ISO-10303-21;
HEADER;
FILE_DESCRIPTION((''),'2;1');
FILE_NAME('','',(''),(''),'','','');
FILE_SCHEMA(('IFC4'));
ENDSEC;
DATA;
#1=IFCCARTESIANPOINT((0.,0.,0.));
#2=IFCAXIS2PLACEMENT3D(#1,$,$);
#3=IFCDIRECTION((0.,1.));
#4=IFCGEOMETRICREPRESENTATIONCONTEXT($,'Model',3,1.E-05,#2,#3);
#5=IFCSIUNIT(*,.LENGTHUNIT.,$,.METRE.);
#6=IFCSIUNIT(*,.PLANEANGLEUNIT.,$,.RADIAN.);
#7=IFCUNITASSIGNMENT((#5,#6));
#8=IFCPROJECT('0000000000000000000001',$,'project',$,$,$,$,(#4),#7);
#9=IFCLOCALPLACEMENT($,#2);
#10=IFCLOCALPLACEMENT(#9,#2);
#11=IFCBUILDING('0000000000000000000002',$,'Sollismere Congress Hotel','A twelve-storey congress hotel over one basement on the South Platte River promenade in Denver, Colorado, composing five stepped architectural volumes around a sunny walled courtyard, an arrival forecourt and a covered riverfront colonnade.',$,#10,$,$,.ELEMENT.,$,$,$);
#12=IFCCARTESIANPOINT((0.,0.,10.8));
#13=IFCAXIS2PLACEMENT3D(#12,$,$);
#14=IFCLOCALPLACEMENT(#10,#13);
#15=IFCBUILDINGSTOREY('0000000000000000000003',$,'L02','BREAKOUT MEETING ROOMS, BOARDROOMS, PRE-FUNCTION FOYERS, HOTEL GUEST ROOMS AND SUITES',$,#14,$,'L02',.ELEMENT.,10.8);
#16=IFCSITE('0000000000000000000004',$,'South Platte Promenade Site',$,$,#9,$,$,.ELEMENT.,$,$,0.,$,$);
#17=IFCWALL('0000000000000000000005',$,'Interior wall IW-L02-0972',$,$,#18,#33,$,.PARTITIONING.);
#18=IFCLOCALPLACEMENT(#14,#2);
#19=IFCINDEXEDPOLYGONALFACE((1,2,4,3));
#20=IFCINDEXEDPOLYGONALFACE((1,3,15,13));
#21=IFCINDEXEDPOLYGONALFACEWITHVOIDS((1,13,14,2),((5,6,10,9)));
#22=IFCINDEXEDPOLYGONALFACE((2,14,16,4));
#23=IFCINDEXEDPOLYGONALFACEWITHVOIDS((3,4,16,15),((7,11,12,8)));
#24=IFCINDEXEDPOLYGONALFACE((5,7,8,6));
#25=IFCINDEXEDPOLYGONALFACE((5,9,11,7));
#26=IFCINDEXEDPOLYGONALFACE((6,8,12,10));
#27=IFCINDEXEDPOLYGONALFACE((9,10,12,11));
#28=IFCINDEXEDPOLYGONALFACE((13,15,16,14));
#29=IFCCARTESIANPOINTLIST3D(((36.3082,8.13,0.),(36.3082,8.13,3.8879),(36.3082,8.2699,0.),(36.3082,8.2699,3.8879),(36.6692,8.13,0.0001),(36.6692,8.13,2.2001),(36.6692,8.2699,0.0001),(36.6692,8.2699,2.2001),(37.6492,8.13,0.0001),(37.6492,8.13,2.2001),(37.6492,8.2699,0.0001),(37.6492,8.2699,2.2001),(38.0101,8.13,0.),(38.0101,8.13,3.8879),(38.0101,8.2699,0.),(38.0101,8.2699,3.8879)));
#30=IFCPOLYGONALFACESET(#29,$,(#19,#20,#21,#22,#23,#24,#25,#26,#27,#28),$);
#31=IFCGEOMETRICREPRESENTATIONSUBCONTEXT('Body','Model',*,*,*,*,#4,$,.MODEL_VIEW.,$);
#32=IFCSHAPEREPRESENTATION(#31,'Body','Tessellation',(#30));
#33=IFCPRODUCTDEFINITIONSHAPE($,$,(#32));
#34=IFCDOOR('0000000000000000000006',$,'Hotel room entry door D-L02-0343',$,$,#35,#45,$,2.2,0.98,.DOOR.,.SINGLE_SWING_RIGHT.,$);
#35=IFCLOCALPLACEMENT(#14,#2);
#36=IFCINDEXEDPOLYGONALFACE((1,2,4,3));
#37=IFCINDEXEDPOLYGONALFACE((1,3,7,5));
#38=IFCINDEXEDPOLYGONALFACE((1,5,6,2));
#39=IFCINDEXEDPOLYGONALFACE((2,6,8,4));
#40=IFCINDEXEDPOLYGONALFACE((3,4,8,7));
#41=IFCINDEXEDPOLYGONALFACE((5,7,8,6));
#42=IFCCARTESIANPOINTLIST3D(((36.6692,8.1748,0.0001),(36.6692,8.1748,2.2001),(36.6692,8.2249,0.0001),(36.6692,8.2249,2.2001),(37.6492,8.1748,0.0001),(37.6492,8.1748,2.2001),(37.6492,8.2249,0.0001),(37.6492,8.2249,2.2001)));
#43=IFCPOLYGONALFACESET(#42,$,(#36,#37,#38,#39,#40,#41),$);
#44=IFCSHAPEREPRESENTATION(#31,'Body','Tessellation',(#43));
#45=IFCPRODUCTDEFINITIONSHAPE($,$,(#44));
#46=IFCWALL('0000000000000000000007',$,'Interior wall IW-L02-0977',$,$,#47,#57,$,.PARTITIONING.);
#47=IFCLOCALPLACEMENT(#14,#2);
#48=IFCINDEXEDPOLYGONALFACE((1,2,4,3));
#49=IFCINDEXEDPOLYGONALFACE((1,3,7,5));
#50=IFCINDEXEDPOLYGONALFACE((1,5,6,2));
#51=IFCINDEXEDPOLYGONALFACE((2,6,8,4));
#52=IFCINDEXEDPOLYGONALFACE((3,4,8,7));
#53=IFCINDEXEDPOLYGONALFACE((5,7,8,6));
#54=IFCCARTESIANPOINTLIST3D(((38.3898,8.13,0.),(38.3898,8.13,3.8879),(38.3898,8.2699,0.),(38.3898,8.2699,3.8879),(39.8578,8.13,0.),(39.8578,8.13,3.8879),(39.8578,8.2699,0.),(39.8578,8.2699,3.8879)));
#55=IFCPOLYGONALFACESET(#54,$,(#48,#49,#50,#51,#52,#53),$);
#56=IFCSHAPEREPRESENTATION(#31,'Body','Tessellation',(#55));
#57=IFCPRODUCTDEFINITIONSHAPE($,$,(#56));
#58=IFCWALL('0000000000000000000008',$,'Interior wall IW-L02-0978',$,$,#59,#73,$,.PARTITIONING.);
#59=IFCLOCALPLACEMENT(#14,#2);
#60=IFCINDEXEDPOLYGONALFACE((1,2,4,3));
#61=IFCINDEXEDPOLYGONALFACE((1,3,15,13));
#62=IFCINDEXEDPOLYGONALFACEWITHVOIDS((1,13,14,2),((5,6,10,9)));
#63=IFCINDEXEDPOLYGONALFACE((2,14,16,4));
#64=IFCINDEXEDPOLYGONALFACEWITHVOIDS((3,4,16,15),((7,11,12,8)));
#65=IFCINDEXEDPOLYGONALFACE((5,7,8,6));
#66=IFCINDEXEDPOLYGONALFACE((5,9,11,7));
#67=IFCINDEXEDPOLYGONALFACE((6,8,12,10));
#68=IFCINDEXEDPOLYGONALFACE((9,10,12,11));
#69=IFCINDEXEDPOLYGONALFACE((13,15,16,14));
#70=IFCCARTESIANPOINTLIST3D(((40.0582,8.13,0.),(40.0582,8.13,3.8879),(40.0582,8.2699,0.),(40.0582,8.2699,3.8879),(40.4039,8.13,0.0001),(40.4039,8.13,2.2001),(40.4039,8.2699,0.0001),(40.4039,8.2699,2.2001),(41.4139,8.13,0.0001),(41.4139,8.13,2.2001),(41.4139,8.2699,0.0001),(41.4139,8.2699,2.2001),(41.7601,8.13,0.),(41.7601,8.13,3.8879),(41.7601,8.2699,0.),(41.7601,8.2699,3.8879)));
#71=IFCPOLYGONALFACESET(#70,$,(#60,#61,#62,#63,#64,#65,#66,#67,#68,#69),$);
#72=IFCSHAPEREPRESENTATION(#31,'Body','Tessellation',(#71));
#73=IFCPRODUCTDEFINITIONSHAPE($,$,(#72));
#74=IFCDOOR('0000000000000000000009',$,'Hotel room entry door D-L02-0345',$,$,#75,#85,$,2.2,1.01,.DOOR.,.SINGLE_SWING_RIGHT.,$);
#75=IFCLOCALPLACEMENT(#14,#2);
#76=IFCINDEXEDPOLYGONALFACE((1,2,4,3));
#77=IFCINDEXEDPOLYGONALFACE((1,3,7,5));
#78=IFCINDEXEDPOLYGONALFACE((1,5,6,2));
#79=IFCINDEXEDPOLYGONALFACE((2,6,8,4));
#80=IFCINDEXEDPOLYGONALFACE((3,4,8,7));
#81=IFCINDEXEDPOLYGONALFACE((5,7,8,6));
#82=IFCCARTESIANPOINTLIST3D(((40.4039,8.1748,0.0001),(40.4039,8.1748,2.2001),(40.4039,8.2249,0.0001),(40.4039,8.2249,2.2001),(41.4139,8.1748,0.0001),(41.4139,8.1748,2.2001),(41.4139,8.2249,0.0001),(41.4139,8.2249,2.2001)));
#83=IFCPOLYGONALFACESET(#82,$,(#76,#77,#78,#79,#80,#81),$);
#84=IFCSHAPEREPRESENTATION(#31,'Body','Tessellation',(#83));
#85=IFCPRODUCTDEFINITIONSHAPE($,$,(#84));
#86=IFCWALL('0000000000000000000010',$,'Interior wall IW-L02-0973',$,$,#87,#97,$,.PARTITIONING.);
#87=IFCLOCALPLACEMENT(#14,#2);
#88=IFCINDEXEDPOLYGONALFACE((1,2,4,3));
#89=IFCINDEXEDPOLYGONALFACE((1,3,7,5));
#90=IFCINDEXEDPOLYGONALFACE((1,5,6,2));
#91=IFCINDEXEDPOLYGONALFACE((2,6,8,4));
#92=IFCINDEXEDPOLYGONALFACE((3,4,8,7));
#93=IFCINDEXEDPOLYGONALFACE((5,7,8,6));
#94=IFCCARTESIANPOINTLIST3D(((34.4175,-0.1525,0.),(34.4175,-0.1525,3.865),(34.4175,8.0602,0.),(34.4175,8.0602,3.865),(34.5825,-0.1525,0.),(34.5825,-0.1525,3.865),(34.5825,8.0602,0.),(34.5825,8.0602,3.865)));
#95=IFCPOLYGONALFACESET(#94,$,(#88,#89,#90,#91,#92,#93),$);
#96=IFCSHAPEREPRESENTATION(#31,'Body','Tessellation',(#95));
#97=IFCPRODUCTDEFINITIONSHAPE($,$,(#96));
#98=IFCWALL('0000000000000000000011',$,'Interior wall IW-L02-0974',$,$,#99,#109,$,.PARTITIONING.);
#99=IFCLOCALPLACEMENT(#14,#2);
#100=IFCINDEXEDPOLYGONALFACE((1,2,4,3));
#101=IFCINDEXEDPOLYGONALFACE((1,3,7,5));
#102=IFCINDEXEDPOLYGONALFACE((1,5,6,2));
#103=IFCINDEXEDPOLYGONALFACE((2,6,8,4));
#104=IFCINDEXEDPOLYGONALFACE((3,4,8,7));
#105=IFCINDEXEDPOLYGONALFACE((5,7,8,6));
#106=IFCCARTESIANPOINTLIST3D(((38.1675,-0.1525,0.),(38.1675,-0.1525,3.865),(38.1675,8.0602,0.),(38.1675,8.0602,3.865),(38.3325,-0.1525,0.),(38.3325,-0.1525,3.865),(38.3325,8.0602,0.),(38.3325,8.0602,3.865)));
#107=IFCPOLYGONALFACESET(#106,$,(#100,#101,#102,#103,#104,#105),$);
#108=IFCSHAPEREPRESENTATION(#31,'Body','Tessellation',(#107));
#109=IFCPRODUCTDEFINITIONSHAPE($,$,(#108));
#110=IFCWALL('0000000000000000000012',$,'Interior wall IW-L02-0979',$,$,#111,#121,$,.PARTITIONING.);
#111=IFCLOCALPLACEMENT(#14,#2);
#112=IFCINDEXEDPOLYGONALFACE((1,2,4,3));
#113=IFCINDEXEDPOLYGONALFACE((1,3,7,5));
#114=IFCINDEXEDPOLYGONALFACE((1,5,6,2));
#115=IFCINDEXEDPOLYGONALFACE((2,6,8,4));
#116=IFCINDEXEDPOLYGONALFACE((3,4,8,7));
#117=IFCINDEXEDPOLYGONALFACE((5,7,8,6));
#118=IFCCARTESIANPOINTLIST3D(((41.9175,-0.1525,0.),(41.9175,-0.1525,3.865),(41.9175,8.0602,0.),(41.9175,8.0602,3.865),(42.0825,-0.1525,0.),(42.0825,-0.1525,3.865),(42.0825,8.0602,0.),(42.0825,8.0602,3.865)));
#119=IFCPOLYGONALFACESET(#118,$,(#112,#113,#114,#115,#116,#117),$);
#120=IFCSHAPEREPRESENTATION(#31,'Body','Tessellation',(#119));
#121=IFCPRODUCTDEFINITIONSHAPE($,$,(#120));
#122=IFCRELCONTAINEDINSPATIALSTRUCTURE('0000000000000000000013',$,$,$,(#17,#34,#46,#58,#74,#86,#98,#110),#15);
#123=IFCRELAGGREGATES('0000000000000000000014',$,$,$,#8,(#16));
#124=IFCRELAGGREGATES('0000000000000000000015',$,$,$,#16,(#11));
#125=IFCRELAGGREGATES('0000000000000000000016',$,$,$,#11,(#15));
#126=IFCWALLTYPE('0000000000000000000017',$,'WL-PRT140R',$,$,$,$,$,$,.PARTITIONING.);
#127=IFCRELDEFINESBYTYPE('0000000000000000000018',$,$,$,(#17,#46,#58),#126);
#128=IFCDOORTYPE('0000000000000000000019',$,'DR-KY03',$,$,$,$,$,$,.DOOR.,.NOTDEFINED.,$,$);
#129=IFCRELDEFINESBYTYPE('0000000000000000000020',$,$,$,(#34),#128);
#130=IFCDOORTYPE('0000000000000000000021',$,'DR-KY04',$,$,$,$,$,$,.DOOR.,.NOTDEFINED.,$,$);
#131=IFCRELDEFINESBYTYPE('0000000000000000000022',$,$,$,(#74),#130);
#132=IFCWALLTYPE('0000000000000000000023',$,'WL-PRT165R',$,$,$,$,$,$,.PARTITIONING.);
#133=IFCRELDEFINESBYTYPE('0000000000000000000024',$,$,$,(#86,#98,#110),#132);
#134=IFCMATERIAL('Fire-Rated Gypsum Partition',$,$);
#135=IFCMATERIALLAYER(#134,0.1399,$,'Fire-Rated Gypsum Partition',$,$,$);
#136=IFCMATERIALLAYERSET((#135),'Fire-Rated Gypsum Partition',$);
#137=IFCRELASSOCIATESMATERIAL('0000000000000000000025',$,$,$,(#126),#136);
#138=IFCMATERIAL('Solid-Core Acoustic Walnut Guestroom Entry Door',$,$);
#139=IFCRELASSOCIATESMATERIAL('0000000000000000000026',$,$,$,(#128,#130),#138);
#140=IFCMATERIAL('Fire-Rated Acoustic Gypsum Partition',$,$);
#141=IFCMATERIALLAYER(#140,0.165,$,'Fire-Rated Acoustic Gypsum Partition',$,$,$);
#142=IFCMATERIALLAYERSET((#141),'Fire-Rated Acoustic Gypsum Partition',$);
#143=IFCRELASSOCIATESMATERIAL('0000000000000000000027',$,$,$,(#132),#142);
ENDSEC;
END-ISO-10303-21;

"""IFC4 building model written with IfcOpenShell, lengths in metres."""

from ifc_helpers import new_model, si_unit, direction, frame, frame_2d, origin, place, context, subcontext, project, spatial, rectangle, extrude, material, layer, layer_set, type_object, element, fill, save


model = new_model("IFC4")

# Units and contexts
model_context = context("Model", 3, precision=1e-05, world=origin(), true_north=direction((0.0, 1.0)))
body_context = subcontext(model_context, "Body", "Model", "MODEL_VIEW")
ifc_project = project(units=[si_unit("LENGTHUNIT", "METRE"), si_unit("PLANEANGLEUNIT", "RADIAN")], contexts=[model_context])

# Site, building, storey
site_placement = place(None, origin())
site = spatial("IfcSite", under=ifc_project, at=site_placement, Name="South Platte Promenade Site", CompositionType="ELEMENT", RefElevation=0.0)
building_placement = place(site_placement, origin())
building = spatial("IfcBuilding", under=site, at=building_placement, Name="Sollismere Congress Hotel", Description="A twelve-storey congress hotel over one basement on the South Platte River promenade in Denver, Colorado, composing five stepped architectural volumes around a sunny walled courtyard, an arrival forecourt and a covered riverfront colonnade.", CompositionType="ELEMENT")
storey_placement = place(building_placement, frame((0.0, 0.0, 10.8)))
storey = spatial("IfcBuildingStorey", under=building, at=storey_placement, Name="L02", Description="BREAKOUT MEETING ROOMS, BOARDROOMS, PRE-FUNCTION FOYERS, HOTEL GUEST ROOMS AND SUITES", LongName="L02", CompositionType="ELEMENT", Elevation=10.8)

# Shared definitions
ifc_material_1 = material(Name="Fire-Rated Gypsum Partition")
ifc_layer_1 = layer(ifc_material_1, 0.1399, Name="Fire-Rated Gypsum Partition")
ifc_layer_set_1 = layer_set([ifc_layer_1], Name="Fire-Rated Gypsum Partition")
wall_type_1 = type_object("IfcWallType", Name="WL-PRT140R", PredefinedType="PARTITIONING", material=ifc_layer_set_1)

# Wall, opening, door
wall_1_placement = place(storey_placement, frame((36.3081, 8.2, 0.0), z_axis=(0.0, 0.0, 1.0), x_axis=(1.0, 0.0, 0.0)))
wall_1 = element("IfcWall", 1, at=wall_1_placement, inside=storey, type_object=wall_type_1, Name="Interior wall IW-L02-0972", PredefinedType="PARTITIONING", context=body_context, shape_type="SweptSolid", body=[
    extrude(rectangle(XDim=1.7019, YDim=0.1399, at=frame_2d((0.8511, 0.0))), origin(), (0.0, 0.0, 1.0), 3.8879),
])
opening_1_placement = place(wall_1_placement, frame((0.3611, 0.0, 0.0)))
opening_1 = element("IfcOpeningElement", 2, at=opening_1_placement, cuts=wall_1, PredefinedType="OPENING", context=body_context, shape_type="SweptSolid", body=[
    extrude(rectangle(XDim=0.98, YDim=2.2, at=frame_2d((0.49, 1.1001))), frame((0.0, 0.0798, 0.0), z_axis=(0.0, -1.0, 0.0), x_axis=(1.0, 0.0, 0.0)), (0.0, 0.0, 1.0), 0.1599),
])
ifc_material_2 = material(Name="Solid-Core Acoustic Walnut Guestroom Entry Door")
door_type_1 = type_object("IfcDoorType", Name="DR-KY03", OperationType="NOTDEFINED", PredefinedType="DOOR", material=ifc_material_2)
door_1_placement = place(opening_1_placement, origin())
door_1 = element("IfcDoor", 3, at=door_1_placement, inside=storey, type_object=door_type_1, Name="Hotel room entry door D-L02-0343", OperationType="SINGLE_SWING_RIGHT", OverallHeight=2.2, OverallWidth=0.98, PredefinedType="DOOR", context=body_context, shape_type="SweptSolid", body=[
    extrude(rectangle(XDim=0.98, YDim=2.2, at=frame_2d((0.49, 1.1001))), frame((0.0, 0.0249, 0.0), z_axis=(0.0, -1.0, 0.0), x_axis=(1.0, 0.0, 0.0)), (0.0, 0.0, 1.0), 0.05),
])
fill(opening_1, door_1)

# Wall
wall_2_placement = place(storey_placement, frame((38.3899, 8.2, 0.0), z_axis=(0.0, 0.0, 1.0), x_axis=(1.0, 0.0, 0.0)))
element("IfcWall", 4, at=wall_2_placement, inside=storey, type_object=wall_type_1, Name="Interior wall IW-L02-0977", PredefinedType="PARTITIONING", context=body_context, shape_type="SweptSolid", body=[
    extrude(rectangle(XDim=1.468, YDim=0.1399, at=frame_2d((0.7339, 0.0))), origin(), (0.0, 0.0, 1.0), 3.8879),
])

# Wall, opening, door
wall_3_placement = place(storey_placement, frame((40.0581, 8.2, 0.0), z_axis=(0.0, 0.0, 1.0), x_axis=(1.0, 0.0, 0.0)))
wall_3 = element("IfcWall", 5, at=wall_3_placement, inside=storey, type_object=wall_type_1, Name="Interior wall IW-L02-0978", PredefinedType="PARTITIONING", context=body_context, shape_type="SweptSolid", body=[
    extrude(rectangle(XDim=1.7019, YDim=0.1399, at=frame_2d((0.8511, 0.0))), origin(), (0.0, 0.0, 1.0), 3.8879),
])
opening_2_placement = place(wall_3_placement, frame((0.3459, 0.0, 0.0)))
opening_2 = element("IfcOpeningElement", 6, at=opening_2_placement, cuts=wall_3, PredefinedType="OPENING", context=body_context, shape_type="SweptSolid", body=[
    extrude(rectangle(XDim=1.01, YDim=2.2, at=frame_2d((0.5049, 1.1001))), frame((0.0, 0.0798, 0.0), z_axis=(0.0, -1.0, 0.0), x_axis=(1.0, 0.0, 0.0)), (0.0, 0.0, 1.0), 0.1599),
])
door_type_2 = type_object("IfcDoorType", Name="DR-KY04", OperationType="NOTDEFINED", PredefinedType="DOOR", material=ifc_material_2)
door_2_placement = place(opening_2_placement, origin())
door_2 = element("IfcDoor", 7, at=door_2_placement, inside=storey, type_object=door_type_2, Name="Hotel room entry door D-L02-0345", OperationType="SINGLE_SWING_RIGHT", OverallHeight=2.2, OverallWidth=1.01, PredefinedType="DOOR", context=body_context, shape_type="SweptSolid", body=[
    extrude(rectangle(XDim=1.01, YDim=2.2, at=frame_2d((0.5049, 1.1001))), frame((0.0, 0.0249, 0.0), z_axis=(0.0, -1.0, 0.0), x_axis=(1.0, 0.0, 0.0)), (0.0, 0.0, 1.0), 0.05),
])
fill(opening_2, door_2)

# Walls
ifc_material_3 = material(Name="Fire-Rated Acoustic Gypsum Partition")
ifc_layer_2 = layer(ifc_material_3, 0.165, Name="Fire-Rated Acoustic Gypsum Partition")
ifc_layer_set_2 = layer_set([ifc_layer_2], Name="Fire-Rated Acoustic Gypsum Partition")
wall_type_2 = type_object("IfcWallType", Name="WL-PRT165R", PredefinedType="PARTITIONING", material=ifc_layer_set_2)
for number, where, z_axis, x_axis, name in (
    (8, (34.5, -0.1526, 0.0), (0.0, 0.0, 1.0), (0.0, 1.0, 0.0), "Interior wall IW-L02-0973"),
    (9, (38.25, -0.1526, 0.0), (0.0, 0.0, 1.0), (0.0, 1.0, 0.0), "Interior wall IW-L02-0974"),
    (10, (42.0, -0.1526, 0.0), (0.0, 0.0, 1.0), (0.0, 1.0, 0.0), "Interior wall IW-L02-0979"),
):
    element("IfcWall", number, at=place(storey_placement, frame(where, z_axis=z_axis, x_axis=x_axis)), inside=storey, type_object=wall_type_2, Name=name, PredefinedType="PARTITIONING", context=body_context, shape_type="SweptSolid", body=[
        extrude(rectangle(XDim=8.2126, YDim=0.165, at=frame_2d((4.1064, 0.0))), origin(), (0.0, 0.0, 1.0), 3.865),
    ])

save(model, "model.ifc")
